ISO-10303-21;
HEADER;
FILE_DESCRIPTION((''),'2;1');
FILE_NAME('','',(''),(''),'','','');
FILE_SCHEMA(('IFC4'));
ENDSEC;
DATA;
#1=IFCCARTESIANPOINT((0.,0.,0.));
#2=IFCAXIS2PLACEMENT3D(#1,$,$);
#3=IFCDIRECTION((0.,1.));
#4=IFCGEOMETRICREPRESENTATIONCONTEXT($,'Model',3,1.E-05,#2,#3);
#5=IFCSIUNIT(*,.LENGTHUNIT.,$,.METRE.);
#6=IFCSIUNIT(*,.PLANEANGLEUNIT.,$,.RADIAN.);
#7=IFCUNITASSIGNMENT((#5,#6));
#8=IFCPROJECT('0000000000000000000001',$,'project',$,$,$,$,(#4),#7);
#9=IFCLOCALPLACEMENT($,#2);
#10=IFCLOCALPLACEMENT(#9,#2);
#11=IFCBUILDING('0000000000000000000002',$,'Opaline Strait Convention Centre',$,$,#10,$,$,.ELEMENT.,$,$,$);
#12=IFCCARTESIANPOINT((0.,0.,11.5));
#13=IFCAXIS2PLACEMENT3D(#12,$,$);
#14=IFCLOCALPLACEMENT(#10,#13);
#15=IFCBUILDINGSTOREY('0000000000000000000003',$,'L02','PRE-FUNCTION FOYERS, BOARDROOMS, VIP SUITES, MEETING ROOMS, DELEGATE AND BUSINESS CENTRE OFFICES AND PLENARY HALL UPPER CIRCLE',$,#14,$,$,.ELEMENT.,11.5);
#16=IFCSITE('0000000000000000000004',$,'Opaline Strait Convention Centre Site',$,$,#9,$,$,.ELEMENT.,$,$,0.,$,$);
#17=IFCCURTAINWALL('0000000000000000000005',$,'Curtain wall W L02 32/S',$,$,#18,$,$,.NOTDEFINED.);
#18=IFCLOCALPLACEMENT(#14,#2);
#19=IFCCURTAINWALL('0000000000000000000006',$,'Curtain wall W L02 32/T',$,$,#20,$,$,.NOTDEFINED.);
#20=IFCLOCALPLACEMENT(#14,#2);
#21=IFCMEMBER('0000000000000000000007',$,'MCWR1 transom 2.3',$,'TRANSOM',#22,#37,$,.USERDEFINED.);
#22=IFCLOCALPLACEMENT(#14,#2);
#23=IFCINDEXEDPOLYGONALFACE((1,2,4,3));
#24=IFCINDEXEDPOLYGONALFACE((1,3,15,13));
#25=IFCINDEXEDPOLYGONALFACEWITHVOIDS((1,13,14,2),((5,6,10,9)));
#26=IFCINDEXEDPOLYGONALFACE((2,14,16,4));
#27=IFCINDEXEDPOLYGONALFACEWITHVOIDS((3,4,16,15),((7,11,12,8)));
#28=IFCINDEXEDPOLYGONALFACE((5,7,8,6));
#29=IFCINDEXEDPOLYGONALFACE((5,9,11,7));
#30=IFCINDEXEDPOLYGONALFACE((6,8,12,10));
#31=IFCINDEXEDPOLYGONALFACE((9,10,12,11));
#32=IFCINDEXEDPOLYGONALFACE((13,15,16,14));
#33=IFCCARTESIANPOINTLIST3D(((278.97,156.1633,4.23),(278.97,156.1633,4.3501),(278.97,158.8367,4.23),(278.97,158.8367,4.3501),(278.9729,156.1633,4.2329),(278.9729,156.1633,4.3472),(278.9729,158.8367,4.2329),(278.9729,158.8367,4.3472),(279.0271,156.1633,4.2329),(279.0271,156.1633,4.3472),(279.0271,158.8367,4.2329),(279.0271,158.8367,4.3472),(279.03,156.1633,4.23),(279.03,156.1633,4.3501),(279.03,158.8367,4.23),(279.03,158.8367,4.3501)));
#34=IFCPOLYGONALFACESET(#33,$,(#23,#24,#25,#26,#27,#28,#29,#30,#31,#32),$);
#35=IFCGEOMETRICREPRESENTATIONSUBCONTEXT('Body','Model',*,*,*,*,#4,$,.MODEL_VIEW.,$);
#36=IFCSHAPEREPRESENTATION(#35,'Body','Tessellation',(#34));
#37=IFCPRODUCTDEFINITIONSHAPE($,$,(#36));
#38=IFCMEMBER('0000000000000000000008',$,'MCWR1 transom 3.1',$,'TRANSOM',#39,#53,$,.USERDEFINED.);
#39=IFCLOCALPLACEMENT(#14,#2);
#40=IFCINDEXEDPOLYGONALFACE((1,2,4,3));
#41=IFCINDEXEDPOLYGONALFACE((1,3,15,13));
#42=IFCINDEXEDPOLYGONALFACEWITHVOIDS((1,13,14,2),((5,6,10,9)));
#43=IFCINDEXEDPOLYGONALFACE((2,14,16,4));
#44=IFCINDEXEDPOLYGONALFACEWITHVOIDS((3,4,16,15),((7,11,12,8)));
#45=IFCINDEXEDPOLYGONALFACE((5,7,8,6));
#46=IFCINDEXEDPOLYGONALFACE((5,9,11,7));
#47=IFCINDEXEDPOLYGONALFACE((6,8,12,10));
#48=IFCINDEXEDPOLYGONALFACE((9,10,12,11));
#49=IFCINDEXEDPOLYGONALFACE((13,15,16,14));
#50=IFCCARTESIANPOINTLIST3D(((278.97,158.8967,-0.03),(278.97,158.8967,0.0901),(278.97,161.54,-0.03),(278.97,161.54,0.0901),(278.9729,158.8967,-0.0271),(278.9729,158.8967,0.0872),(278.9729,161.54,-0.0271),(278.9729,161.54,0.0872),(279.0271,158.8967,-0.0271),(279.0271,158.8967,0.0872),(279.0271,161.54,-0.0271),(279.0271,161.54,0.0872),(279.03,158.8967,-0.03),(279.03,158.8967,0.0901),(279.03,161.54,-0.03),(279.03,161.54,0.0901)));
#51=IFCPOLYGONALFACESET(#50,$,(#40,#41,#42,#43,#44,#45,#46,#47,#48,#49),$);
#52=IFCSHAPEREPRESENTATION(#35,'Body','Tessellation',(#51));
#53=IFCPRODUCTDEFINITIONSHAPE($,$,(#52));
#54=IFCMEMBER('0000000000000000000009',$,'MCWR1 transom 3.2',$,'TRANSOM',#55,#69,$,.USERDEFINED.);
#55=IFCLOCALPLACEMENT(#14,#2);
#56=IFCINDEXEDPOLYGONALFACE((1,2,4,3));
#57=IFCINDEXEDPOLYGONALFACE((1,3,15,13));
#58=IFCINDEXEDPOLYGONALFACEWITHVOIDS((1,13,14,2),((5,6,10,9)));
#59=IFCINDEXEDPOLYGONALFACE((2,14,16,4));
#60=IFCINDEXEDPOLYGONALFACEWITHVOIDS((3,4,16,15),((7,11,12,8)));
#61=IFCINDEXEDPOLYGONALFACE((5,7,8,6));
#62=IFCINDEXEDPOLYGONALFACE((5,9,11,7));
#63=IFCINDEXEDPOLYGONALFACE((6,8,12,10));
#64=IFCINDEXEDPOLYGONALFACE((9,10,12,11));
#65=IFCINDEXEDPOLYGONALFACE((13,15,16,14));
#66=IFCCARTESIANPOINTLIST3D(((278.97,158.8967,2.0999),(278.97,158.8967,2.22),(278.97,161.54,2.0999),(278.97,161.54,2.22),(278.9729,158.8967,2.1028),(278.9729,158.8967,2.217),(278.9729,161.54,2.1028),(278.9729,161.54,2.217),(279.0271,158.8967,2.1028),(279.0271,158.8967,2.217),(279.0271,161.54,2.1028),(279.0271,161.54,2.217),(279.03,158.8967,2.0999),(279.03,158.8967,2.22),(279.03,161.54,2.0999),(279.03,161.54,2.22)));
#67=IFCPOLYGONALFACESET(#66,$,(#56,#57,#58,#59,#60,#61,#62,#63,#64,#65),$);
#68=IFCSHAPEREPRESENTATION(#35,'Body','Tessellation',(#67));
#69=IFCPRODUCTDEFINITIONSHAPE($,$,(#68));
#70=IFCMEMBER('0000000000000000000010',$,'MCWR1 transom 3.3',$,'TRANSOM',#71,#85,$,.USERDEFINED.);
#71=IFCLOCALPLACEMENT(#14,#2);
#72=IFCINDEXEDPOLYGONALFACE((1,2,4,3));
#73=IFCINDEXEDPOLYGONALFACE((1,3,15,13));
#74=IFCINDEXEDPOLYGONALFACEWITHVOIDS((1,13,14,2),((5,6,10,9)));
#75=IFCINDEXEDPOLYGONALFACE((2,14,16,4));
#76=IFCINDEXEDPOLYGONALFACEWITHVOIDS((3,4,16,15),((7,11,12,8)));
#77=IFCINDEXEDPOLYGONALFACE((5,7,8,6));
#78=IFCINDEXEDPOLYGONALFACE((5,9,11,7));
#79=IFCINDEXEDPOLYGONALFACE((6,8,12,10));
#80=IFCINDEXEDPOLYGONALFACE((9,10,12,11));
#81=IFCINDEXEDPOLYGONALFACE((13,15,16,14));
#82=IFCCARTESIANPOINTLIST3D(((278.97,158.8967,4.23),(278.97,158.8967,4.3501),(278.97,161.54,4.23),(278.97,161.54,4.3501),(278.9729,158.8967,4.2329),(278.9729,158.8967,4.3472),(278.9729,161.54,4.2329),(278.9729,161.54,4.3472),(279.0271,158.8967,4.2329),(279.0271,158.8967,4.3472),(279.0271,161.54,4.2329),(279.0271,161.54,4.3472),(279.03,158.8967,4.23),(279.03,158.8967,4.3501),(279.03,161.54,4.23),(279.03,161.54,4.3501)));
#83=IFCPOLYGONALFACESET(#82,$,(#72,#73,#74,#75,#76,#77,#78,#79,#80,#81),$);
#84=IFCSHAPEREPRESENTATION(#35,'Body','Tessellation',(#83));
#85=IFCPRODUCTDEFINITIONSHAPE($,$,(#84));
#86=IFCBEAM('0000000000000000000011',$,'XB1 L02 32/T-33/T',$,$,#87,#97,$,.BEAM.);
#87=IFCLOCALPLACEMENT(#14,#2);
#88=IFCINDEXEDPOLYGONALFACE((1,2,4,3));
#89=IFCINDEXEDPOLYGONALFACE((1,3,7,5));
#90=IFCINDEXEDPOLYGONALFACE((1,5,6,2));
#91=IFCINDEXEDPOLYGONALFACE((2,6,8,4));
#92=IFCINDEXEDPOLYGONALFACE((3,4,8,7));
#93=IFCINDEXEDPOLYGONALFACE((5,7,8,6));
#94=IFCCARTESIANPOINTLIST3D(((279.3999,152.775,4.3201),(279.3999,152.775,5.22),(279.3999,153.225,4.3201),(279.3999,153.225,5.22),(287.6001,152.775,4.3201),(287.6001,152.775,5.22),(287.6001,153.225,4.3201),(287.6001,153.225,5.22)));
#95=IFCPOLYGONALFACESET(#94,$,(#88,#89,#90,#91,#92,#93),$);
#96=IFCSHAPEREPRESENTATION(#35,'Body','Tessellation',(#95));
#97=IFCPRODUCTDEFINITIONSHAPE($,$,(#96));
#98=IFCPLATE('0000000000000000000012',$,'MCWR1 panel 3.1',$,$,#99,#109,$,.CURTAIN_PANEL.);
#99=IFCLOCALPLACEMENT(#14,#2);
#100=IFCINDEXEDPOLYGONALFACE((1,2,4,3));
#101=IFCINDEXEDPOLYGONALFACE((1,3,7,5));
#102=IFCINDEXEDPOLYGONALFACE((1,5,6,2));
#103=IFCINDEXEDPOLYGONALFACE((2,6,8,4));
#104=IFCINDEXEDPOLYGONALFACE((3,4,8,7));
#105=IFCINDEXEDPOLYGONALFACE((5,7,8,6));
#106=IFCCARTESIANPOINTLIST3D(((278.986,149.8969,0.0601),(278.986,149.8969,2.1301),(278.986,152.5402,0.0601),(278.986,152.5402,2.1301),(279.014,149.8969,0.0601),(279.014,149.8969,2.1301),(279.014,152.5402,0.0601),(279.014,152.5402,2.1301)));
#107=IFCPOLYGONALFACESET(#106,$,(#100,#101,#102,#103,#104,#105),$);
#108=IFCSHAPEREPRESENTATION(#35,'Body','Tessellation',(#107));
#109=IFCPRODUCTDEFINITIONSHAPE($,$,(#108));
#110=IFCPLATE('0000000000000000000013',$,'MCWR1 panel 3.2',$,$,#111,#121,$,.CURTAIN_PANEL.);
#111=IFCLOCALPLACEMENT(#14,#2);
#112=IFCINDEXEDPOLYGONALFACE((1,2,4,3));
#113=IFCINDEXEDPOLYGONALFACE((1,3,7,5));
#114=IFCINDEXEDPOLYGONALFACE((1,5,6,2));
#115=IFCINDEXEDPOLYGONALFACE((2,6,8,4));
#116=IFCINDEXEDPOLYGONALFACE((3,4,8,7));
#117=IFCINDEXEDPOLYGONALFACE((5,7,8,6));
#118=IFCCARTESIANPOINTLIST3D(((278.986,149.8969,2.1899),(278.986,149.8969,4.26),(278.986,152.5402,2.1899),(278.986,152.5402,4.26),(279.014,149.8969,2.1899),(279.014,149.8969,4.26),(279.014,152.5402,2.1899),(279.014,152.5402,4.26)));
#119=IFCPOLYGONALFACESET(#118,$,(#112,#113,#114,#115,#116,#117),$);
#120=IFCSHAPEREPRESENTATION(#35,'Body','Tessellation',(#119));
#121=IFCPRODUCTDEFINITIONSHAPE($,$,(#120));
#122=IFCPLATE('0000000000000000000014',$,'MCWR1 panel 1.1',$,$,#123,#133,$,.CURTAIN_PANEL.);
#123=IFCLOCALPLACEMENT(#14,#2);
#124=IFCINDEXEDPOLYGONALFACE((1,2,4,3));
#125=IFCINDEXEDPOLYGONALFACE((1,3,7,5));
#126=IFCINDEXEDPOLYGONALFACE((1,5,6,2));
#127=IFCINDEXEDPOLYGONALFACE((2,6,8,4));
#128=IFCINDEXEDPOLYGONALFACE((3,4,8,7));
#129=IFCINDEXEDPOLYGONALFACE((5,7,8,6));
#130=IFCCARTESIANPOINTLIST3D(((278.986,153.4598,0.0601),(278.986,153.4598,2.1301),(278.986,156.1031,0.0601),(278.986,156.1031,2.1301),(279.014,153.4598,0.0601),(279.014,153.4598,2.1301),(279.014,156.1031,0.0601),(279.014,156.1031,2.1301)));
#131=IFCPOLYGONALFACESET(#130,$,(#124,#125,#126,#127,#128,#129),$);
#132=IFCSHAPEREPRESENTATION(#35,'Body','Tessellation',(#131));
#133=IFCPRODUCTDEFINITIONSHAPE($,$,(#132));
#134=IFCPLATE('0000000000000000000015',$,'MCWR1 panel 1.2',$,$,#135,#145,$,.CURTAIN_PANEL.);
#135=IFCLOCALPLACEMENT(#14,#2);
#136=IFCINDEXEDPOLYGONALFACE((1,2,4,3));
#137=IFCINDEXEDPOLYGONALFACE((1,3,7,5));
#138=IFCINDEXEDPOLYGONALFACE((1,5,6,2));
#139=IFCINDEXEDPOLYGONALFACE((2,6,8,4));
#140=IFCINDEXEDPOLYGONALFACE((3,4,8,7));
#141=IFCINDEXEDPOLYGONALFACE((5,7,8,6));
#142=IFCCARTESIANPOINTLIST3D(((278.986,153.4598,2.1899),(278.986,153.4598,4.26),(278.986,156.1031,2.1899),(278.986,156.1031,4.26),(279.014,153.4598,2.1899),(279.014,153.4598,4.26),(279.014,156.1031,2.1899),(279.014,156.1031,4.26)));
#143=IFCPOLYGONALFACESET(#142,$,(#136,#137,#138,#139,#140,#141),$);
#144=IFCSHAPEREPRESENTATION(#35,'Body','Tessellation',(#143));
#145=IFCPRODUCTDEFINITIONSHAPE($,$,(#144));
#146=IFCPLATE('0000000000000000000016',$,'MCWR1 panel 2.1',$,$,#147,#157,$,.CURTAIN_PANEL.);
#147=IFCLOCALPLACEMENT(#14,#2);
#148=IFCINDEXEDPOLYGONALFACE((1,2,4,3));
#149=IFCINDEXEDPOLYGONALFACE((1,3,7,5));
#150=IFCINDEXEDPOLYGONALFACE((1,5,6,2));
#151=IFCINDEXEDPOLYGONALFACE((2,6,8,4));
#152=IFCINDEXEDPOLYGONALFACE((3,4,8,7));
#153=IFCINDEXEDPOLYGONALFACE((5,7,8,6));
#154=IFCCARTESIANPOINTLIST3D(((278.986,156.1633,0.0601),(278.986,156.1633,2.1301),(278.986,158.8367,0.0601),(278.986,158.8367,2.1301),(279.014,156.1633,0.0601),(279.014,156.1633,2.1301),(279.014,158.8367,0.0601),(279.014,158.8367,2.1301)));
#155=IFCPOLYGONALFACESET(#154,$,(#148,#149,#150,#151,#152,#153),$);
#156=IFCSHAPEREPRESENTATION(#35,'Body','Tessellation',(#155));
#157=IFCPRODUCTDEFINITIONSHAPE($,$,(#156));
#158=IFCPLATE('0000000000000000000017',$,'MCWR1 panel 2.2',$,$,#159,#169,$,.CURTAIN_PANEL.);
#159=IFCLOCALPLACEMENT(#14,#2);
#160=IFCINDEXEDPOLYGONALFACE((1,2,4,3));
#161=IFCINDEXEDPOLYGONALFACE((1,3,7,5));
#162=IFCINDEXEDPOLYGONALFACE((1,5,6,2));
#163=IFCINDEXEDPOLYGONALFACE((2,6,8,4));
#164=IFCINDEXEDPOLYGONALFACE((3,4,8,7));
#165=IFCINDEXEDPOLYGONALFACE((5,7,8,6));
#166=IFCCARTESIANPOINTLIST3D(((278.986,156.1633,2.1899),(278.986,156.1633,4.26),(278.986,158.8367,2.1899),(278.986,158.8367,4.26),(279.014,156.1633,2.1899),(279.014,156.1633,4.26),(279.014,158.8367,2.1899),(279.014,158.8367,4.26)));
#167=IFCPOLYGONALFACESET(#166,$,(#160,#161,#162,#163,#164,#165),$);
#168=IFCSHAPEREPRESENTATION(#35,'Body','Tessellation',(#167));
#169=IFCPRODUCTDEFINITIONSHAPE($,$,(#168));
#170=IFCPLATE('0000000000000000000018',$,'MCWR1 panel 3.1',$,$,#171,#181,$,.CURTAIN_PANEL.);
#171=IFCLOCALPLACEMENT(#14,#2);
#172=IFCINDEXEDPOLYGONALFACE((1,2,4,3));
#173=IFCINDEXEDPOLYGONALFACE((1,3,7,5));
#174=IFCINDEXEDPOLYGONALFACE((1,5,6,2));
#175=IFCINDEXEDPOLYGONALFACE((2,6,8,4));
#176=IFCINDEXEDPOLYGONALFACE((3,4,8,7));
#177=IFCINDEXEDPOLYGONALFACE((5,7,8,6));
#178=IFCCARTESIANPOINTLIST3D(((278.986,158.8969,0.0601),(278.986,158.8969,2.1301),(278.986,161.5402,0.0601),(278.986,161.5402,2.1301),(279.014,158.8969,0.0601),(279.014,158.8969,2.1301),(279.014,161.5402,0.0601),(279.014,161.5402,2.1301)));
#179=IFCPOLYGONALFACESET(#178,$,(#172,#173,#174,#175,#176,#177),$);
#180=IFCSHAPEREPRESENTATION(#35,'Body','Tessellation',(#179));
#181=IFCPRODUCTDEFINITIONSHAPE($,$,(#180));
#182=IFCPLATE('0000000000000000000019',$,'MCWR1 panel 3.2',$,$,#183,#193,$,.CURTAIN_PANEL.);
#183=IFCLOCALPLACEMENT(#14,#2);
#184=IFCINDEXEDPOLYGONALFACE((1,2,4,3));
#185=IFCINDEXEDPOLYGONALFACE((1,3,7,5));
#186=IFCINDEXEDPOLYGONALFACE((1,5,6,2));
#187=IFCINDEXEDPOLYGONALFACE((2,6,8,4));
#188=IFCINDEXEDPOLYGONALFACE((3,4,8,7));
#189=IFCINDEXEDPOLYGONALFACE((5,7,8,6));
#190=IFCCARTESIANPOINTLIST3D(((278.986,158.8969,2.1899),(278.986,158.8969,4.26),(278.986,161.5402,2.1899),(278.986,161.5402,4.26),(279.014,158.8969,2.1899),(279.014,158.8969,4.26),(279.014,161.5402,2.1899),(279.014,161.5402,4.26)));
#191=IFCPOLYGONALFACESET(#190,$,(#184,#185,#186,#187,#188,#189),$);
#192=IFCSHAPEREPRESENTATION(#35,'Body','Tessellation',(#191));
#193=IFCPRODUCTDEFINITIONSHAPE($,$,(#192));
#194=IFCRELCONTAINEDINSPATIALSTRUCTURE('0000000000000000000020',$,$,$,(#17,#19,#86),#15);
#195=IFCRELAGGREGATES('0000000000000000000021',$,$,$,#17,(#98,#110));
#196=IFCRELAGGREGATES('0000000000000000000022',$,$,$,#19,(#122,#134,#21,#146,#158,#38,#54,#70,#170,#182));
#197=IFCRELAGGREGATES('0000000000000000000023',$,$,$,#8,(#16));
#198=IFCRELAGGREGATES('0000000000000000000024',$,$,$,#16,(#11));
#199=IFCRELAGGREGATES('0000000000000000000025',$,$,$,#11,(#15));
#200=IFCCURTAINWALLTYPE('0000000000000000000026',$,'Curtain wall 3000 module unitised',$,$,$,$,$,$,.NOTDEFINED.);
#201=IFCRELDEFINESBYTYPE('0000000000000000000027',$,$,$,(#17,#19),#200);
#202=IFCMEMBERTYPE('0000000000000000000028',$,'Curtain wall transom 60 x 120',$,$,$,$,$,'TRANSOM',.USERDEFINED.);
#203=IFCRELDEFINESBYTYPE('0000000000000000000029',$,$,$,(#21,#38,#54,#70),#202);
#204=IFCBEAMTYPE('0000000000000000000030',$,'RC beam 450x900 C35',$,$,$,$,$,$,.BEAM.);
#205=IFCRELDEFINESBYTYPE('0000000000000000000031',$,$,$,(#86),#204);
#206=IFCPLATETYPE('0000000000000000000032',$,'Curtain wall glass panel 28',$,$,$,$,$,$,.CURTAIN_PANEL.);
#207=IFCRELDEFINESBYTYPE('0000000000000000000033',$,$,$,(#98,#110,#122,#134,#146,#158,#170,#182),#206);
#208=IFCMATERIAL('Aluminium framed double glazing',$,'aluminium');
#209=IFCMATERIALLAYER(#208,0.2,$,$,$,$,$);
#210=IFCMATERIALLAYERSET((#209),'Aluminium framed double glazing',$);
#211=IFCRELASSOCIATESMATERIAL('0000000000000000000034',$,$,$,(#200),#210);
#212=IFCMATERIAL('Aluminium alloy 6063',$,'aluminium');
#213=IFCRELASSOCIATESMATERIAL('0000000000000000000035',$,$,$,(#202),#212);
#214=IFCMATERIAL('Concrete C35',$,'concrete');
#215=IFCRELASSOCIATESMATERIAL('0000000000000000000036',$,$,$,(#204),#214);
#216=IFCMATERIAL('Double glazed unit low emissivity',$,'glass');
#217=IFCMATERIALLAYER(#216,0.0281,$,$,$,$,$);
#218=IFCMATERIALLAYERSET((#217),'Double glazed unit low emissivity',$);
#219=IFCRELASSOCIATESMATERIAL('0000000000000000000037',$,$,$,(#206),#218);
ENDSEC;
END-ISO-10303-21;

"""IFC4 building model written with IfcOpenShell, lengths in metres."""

from ifc_helpers import new_model, si_unit, direction, frame, origin, origin_2d, place, context, subcontext, project, spatial, rectangle, hollow_rectangle, extrude, material, layer, layer_set, material_profile, profile_set, type_object, element, aggregate, save


model = new_model("IFC4")

# Units and contexts
model_context = context("Model", 3, precision=1e-05, world=origin(), true_north=direction((0.0, 1.0)))
body_context = subcontext(model_context, "Body", "Model", "MODEL_VIEW")
ifc_project = project(units=[si_unit("LENGTHUNIT", "METRE"), si_unit("PLANEANGLEUNIT", "RADIAN")], contexts=[model_context])

# Site, building, storey
site_placement = place(None, origin())
site = spatial("IfcSite", under=ifc_project, at=site_placement, Name="Opaline Strait Convention Centre Site", CompositionType="ELEMENT", RefElevation=0.0)
building_placement = place(site_placement, origin())
building = spatial("IfcBuilding", under=site, at=building_placement, Name="Opaline Strait Convention Centre", CompositionType="ELEMENT")
storey_placement = place(building_placement, frame((0.0, 0.0, 11.5)))
storey = spatial("IfcBuildingStorey", under=building, at=storey_placement, Name="L02", Description="PRE-FUNCTION FOYERS, BOARDROOMS, VIP SUITES, MEETING ROOMS, DELEGATE AND BUSINESS CENTRE OFFICES AND PLENARY HALL UPPER CIRCLE", CompositionType="ELEMENT", Elevation=11.5)

# Curtain wall
ifc_material_1 = material(Name="Aluminium framed double glazing", Category="aluminium")
ifc_layer_1 = layer(ifc_material_1, 0.2)
ifc_layer_set_1 = layer_set([ifc_layer_1], Name="Aluminium framed double glazing")
curtain_wall_type = type_object("IfcCurtainWallType", Name="Curtain wall 3000 module unitised", PredefinedType="NOTDEFINED", material=ifc_layer_set_1)
curtain_wall_1_placement = place(storey_placement, origin())
curtain_wall_1 = element("IfcCurtainWall", 1, at=curtain_wall_1_placement, inside=storey, type_object=curtain_wall_type, Name="Curtain wall W L02 32/S", PredefinedType="NOTDEFINED")
ifc_material_2 = material(Name="Aluminium alloy 6063", Category="aluminium")

# Curtain wall
curtain_wall_2_placement = place(storey_placement, origin())
curtain_wall_2 = element("IfcCurtainWall", 2, at=curtain_wall_2_placement, inside=storey, type_object=curtain_wall_type, Name="Curtain wall W L02 32/T", PredefinedType="NOTDEFINED")

# Members
ifc_material_profile_1 = material_profile(ifc_material_2, hollow_rectangle(XDim=0.0601, YDim=0.1201, WallThickness=0.0029, at=origin_2d()), Name="TRANSOM 60x120x3")
ifc_profile_set_1 = profile_set([ifc_material_profile_1], Name="Aluminium alloy 6063")
member_type_1 = type_object("IfcMemberType", Name="Curtain wall transom 60 x 120", ElementType="TRANSOM", PredefinedType="USERDEFINED", material=ifc_profile_set_1)
member_1_placement = place(storey_placement, frame((279.0, 156.1633, 4.29), z_axis=(0.0, 1.0, 0.0), x_axis=(-1.0, 0.0, 0.0)))
member_1 = element("IfcMember", 3, at=member_1_placement, type_object=member_type_1, Name="MCWR1 transom 2.3", ObjectType="TRANSOM", PredefinedType="USERDEFINED", context=body_context, shape_type="SweptSolid", body=[
    extrude(hollow_rectangle(XDim=0.0601, YDim=0.1201, WallThickness=0.0029, at=origin_2d()), origin(), (0.0, 0.0, 1.0), 2.6733),
])
member_2_placement = place(storey_placement, frame((279.0, 158.8967, 0.03), z_axis=(0.0, 1.0, 0.0), x_axis=(-1.0, 0.0, 0.0)))
member_2 = element("IfcMember", 4, at=member_2_placement, type_object=member_type_1, Name="MCWR1 transom 3.1", ObjectType="TRANSOM", PredefinedType="USERDEFINED", context=body_context, shape_type="SweptSolid", body=[
    extrude(hollow_rectangle(XDim=0.0601, YDim=0.1201, WallThickness=0.0029, at=origin_2d()), origin(), (0.0, 0.0, 1.0), 2.6433),
])
member_3_placement = place(storey_placement, frame((279.0, 158.8967, 2.1599), z_axis=(0.0, 1.0, 0.0), x_axis=(-1.0, 0.0, 0.0)))
member_3 = element("IfcMember", 5, at=member_3_placement, type_object=member_type_1, Name="MCWR1 transom 3.2", ObjectType="TRANSOM", PredefinedType="USERDEFINED", context=body_context, shape_type="SweptSolid", body=[
    extrude(hollow_rectangle(XDim=0.0601, YDim=0.1201, WallThickness=0.0029, at=origin_2d()), origin(), (0.0, 0.0, 1.0), 2.6433),
])
member_4_placement = place(storey_placement, frame((279.0, 158.8967, 4.29), z_axis=(0.0, 1.0, 0.0), x_axis=(-1.0, 0.0, 0.0)))
member_4 = element("IfcMember", 6, at=member_4_placement, type_object=member_type_1, Name="MCWR1 transom 3.3", ObjectType="TRANSOM", PredefinedType="USERDEFINED", context=body_context, shape_type="SweptSolid", body=[
    extrude(hollow_rectangle(XDim=0.0601, YDim=0.1201, WallThickness=0.0029, at=origin_2d()), origin(), (0.0, 0.0, 1.0), 2.6433),
])

# Beam
ifc_material_3 = material(Name="Concrete C35", Category="concrete")
ifc_material_profile_2 = material_profile(ifc_material_3, rectangle(XDim=0.45, YDim=0.8999, at=origin_2d()), Name="RC 450x900")
ifc_profile_set_2 = profile_set([ifc_material_profile_2], Name="Concrete C35")
beam_type = type_object("IfcBeamType", Name="RC beam 450x900 C35", PredefinedType="BEAM", material=ifc_profile_set_2)
beam_placement = place(storey_placement, frame((279.3999, 153.0, 4.77), z_axis=(1.0, 0.0, 0.0), x_axis=(0.0, 1.0, 0.0)))
element("IfcBeam", 7, at=beam_placement, inside=storey, type_object=beam_type, Name="XB1 L02 32/T-33/T", PredefinedType="BEAM", context=body_context, shape_type="SweptSolid", body=[
    extrude(rectangle(XDim=0.45, YDim=0.8999, at=origin_2d()), origin(), (0.0, 0.0, 1.0), 8.2002),
])

# Plates
ifc_material_4 = material(Name="Double glazed unit low emissivity", Category="glass")
ifc_layer_2 = layer(ifc_material_4, 0.0281)
ifc_layer_set_2 = layer_set([ifc_layer_2], Name="Double glazed unit low emissivity")
plate_type = type_object("IfcPlateType", Name="Curtain wall glass panel 28", PredefinedType="CURTAIN_PANEL", material=ifc_layer_set_2)
plate_1_placement = place(storey_placement, frame((279.0, 151.2185, 0.0601), z_axis=(0.0, 0.0, 1.0), x_axis=(0.0, 1.0, 0.0)))
plate_1 = element("IfcPlate", 8, at=plate_1_placement, type_object=plate_type, Name="MCWR1 panel 3.1", PredefinedType="CURTAIN_PANEL", context=body_context, shape_type="SweptSolid", body=[
    extrude(rectangle(XDim=2.6433, YDim=0.0281, at=origin_2d()), origin(), (0.0, 0.0, 1.0), 2.0701),
])
plate_2_placement = place(storey_placement, frame((279.0, 151.2185, 2.1899), z_axis=(0.0, 0.0, 1.0), x_axis=(0.0, 1.0, 0.0)))
plate_2 = element("IfcPlate", 9, at=plate_2_placement, type_object=plate_type, Name="MCWR1 panel 3.2", PredefinedType="CURTAIN_PANEL", context=body_context, shape_type="SweptSolid", body=[
    extrude(rectangle(XDim=2.6433, YDim=0.0281, at=origin_2d()), origin(), (0.0, 0.0, 1.0), 2.0701),
])
aggregate(curtain_wall_1, [plate_1, plate_2])
plate_3_placement = place(storey_placement, frame((279.0, 154.7815, 0.0601), z_axis=(0.0, 0.0, 1.0), x_axis=(0.0, 1.0, 0.0)))
plate_3 = element("IfcPlate", 10, at=plate_3_placement, type_object=plate_type, Name="MCWR1 panel 1.1", PredefinedType="CURTAIN_PANEL", context=body_context, shape_type="SweptSolid", body=[
    extrude(rectangle(XDim=2.6433, YDim=0.0281, at=origin_2d()), origin(), (0.0, 0.0, 1.0), 2.0701),
])
plate_4_placement = place(storey_placement, frame((279.0, 154.7815, 2.1899), z_axis=(0.0, 0.0, 1.0), x_axis=(0.0, 1.0, 0.0)))
plate_4 = element("IfcPlate", 11, at=plate_4_placement, type_object=plate_type, Name="MCWR1 panel 1.2", PredefinedType="CURTAIN_PANEL", context=body_context, shape_type="SweptSolid", body=[
    extrude(rectangle(XDim=2.6433, YDim=0.0281, at=origin_2d()), origin(), (0.0, 0.0, 1.0), 2.0701),
])
plate_5_placement = place(storey_placement, frame((279.0, 157.5, 0.0601), z_axis=(0.0, 0.0, 1.0), x_axis=(0.0, 1.0, 0.0)))
plate_5 = element("IfcPlate", 12, at=plate_5_placement, type_object=plate_type, Name="MCWR1 panel 2.1", PredefinedType="CURTAIN_PANEL", context=body_context, shape_type="SweptSolid", body=[
    extrude(rectangle(XDim=2.6733, YDim=0.0281, at=origin_2d()), origin(), (0.0, 0.0, 1.0), 2.0701),
])
plate_6_placement = place(storey_placement, frame((279.0, 157.5, 2.1899), z_axis=(0.0, 0.0, 1.0), x_axis=(0.0, 1.0, 0.0)))
plate_6 = element("IfcPlate", 13, at=plate_6_placement, type_object=plate_type, Name="MCWR1 panel 2.2", PredefinedType="CURTAIN_PANEL", context=body_context, shape_type="SweptSolid", body=[
    extrude(rectangle(XDim=2.6733, YDim=0.0281, at=origin_2d()), origin(), (0.0, 0.0, 1.0), 2.0701),
])
plate_7_placement = place(storey_placement, frame((279.0, 160.2185, 0.0601), z_axis=(0.0, 0.0, 1.0), x_axis=(0.0, 1.0, 0.0)))
plate_7 = element("IfcPlate", 14, at=plate_7_placement, type_object=plate_type, Name="MCWR1 panel 3.1", PredefinedType="CURTAIN_PANEL", context=body_context, shape_type="SweptSolid", body=[
    extrude(rectangle(XDim=2.6433, YDim=0.0281, at=origin_2d()), origin(), (0.0, 0.0, 1.0), 2.0701),
])
plate_8_placement = place(storey_placement, frame((279.0, 160.2185, 2.1899), z_axis=(0.0, 0.0, 1.0), x_axis=(0.0, 1.0, 0.0)))
plate_8 = element("IfcPlate", 15, at=plate_8_placement, type_object=plate_type, Name="MCWR1 panel 3.2", PredefinedType="CURTAIN_PANEL", context=body_context, shape_type="SweptSolid", body=[
    extrude(rectangle(XDim=2.6433, YDim=0.0281, at=origin_2d()), origin(), (0.0, 0.0, 1.0), 2.0701),
])
aggregate(curtain_wall_2, [plate_3, plate_4, member_1, plate_5, plate_6, member_2, member_3, member_4, plate_7, plate_8])

save(model, "model.ifc")
